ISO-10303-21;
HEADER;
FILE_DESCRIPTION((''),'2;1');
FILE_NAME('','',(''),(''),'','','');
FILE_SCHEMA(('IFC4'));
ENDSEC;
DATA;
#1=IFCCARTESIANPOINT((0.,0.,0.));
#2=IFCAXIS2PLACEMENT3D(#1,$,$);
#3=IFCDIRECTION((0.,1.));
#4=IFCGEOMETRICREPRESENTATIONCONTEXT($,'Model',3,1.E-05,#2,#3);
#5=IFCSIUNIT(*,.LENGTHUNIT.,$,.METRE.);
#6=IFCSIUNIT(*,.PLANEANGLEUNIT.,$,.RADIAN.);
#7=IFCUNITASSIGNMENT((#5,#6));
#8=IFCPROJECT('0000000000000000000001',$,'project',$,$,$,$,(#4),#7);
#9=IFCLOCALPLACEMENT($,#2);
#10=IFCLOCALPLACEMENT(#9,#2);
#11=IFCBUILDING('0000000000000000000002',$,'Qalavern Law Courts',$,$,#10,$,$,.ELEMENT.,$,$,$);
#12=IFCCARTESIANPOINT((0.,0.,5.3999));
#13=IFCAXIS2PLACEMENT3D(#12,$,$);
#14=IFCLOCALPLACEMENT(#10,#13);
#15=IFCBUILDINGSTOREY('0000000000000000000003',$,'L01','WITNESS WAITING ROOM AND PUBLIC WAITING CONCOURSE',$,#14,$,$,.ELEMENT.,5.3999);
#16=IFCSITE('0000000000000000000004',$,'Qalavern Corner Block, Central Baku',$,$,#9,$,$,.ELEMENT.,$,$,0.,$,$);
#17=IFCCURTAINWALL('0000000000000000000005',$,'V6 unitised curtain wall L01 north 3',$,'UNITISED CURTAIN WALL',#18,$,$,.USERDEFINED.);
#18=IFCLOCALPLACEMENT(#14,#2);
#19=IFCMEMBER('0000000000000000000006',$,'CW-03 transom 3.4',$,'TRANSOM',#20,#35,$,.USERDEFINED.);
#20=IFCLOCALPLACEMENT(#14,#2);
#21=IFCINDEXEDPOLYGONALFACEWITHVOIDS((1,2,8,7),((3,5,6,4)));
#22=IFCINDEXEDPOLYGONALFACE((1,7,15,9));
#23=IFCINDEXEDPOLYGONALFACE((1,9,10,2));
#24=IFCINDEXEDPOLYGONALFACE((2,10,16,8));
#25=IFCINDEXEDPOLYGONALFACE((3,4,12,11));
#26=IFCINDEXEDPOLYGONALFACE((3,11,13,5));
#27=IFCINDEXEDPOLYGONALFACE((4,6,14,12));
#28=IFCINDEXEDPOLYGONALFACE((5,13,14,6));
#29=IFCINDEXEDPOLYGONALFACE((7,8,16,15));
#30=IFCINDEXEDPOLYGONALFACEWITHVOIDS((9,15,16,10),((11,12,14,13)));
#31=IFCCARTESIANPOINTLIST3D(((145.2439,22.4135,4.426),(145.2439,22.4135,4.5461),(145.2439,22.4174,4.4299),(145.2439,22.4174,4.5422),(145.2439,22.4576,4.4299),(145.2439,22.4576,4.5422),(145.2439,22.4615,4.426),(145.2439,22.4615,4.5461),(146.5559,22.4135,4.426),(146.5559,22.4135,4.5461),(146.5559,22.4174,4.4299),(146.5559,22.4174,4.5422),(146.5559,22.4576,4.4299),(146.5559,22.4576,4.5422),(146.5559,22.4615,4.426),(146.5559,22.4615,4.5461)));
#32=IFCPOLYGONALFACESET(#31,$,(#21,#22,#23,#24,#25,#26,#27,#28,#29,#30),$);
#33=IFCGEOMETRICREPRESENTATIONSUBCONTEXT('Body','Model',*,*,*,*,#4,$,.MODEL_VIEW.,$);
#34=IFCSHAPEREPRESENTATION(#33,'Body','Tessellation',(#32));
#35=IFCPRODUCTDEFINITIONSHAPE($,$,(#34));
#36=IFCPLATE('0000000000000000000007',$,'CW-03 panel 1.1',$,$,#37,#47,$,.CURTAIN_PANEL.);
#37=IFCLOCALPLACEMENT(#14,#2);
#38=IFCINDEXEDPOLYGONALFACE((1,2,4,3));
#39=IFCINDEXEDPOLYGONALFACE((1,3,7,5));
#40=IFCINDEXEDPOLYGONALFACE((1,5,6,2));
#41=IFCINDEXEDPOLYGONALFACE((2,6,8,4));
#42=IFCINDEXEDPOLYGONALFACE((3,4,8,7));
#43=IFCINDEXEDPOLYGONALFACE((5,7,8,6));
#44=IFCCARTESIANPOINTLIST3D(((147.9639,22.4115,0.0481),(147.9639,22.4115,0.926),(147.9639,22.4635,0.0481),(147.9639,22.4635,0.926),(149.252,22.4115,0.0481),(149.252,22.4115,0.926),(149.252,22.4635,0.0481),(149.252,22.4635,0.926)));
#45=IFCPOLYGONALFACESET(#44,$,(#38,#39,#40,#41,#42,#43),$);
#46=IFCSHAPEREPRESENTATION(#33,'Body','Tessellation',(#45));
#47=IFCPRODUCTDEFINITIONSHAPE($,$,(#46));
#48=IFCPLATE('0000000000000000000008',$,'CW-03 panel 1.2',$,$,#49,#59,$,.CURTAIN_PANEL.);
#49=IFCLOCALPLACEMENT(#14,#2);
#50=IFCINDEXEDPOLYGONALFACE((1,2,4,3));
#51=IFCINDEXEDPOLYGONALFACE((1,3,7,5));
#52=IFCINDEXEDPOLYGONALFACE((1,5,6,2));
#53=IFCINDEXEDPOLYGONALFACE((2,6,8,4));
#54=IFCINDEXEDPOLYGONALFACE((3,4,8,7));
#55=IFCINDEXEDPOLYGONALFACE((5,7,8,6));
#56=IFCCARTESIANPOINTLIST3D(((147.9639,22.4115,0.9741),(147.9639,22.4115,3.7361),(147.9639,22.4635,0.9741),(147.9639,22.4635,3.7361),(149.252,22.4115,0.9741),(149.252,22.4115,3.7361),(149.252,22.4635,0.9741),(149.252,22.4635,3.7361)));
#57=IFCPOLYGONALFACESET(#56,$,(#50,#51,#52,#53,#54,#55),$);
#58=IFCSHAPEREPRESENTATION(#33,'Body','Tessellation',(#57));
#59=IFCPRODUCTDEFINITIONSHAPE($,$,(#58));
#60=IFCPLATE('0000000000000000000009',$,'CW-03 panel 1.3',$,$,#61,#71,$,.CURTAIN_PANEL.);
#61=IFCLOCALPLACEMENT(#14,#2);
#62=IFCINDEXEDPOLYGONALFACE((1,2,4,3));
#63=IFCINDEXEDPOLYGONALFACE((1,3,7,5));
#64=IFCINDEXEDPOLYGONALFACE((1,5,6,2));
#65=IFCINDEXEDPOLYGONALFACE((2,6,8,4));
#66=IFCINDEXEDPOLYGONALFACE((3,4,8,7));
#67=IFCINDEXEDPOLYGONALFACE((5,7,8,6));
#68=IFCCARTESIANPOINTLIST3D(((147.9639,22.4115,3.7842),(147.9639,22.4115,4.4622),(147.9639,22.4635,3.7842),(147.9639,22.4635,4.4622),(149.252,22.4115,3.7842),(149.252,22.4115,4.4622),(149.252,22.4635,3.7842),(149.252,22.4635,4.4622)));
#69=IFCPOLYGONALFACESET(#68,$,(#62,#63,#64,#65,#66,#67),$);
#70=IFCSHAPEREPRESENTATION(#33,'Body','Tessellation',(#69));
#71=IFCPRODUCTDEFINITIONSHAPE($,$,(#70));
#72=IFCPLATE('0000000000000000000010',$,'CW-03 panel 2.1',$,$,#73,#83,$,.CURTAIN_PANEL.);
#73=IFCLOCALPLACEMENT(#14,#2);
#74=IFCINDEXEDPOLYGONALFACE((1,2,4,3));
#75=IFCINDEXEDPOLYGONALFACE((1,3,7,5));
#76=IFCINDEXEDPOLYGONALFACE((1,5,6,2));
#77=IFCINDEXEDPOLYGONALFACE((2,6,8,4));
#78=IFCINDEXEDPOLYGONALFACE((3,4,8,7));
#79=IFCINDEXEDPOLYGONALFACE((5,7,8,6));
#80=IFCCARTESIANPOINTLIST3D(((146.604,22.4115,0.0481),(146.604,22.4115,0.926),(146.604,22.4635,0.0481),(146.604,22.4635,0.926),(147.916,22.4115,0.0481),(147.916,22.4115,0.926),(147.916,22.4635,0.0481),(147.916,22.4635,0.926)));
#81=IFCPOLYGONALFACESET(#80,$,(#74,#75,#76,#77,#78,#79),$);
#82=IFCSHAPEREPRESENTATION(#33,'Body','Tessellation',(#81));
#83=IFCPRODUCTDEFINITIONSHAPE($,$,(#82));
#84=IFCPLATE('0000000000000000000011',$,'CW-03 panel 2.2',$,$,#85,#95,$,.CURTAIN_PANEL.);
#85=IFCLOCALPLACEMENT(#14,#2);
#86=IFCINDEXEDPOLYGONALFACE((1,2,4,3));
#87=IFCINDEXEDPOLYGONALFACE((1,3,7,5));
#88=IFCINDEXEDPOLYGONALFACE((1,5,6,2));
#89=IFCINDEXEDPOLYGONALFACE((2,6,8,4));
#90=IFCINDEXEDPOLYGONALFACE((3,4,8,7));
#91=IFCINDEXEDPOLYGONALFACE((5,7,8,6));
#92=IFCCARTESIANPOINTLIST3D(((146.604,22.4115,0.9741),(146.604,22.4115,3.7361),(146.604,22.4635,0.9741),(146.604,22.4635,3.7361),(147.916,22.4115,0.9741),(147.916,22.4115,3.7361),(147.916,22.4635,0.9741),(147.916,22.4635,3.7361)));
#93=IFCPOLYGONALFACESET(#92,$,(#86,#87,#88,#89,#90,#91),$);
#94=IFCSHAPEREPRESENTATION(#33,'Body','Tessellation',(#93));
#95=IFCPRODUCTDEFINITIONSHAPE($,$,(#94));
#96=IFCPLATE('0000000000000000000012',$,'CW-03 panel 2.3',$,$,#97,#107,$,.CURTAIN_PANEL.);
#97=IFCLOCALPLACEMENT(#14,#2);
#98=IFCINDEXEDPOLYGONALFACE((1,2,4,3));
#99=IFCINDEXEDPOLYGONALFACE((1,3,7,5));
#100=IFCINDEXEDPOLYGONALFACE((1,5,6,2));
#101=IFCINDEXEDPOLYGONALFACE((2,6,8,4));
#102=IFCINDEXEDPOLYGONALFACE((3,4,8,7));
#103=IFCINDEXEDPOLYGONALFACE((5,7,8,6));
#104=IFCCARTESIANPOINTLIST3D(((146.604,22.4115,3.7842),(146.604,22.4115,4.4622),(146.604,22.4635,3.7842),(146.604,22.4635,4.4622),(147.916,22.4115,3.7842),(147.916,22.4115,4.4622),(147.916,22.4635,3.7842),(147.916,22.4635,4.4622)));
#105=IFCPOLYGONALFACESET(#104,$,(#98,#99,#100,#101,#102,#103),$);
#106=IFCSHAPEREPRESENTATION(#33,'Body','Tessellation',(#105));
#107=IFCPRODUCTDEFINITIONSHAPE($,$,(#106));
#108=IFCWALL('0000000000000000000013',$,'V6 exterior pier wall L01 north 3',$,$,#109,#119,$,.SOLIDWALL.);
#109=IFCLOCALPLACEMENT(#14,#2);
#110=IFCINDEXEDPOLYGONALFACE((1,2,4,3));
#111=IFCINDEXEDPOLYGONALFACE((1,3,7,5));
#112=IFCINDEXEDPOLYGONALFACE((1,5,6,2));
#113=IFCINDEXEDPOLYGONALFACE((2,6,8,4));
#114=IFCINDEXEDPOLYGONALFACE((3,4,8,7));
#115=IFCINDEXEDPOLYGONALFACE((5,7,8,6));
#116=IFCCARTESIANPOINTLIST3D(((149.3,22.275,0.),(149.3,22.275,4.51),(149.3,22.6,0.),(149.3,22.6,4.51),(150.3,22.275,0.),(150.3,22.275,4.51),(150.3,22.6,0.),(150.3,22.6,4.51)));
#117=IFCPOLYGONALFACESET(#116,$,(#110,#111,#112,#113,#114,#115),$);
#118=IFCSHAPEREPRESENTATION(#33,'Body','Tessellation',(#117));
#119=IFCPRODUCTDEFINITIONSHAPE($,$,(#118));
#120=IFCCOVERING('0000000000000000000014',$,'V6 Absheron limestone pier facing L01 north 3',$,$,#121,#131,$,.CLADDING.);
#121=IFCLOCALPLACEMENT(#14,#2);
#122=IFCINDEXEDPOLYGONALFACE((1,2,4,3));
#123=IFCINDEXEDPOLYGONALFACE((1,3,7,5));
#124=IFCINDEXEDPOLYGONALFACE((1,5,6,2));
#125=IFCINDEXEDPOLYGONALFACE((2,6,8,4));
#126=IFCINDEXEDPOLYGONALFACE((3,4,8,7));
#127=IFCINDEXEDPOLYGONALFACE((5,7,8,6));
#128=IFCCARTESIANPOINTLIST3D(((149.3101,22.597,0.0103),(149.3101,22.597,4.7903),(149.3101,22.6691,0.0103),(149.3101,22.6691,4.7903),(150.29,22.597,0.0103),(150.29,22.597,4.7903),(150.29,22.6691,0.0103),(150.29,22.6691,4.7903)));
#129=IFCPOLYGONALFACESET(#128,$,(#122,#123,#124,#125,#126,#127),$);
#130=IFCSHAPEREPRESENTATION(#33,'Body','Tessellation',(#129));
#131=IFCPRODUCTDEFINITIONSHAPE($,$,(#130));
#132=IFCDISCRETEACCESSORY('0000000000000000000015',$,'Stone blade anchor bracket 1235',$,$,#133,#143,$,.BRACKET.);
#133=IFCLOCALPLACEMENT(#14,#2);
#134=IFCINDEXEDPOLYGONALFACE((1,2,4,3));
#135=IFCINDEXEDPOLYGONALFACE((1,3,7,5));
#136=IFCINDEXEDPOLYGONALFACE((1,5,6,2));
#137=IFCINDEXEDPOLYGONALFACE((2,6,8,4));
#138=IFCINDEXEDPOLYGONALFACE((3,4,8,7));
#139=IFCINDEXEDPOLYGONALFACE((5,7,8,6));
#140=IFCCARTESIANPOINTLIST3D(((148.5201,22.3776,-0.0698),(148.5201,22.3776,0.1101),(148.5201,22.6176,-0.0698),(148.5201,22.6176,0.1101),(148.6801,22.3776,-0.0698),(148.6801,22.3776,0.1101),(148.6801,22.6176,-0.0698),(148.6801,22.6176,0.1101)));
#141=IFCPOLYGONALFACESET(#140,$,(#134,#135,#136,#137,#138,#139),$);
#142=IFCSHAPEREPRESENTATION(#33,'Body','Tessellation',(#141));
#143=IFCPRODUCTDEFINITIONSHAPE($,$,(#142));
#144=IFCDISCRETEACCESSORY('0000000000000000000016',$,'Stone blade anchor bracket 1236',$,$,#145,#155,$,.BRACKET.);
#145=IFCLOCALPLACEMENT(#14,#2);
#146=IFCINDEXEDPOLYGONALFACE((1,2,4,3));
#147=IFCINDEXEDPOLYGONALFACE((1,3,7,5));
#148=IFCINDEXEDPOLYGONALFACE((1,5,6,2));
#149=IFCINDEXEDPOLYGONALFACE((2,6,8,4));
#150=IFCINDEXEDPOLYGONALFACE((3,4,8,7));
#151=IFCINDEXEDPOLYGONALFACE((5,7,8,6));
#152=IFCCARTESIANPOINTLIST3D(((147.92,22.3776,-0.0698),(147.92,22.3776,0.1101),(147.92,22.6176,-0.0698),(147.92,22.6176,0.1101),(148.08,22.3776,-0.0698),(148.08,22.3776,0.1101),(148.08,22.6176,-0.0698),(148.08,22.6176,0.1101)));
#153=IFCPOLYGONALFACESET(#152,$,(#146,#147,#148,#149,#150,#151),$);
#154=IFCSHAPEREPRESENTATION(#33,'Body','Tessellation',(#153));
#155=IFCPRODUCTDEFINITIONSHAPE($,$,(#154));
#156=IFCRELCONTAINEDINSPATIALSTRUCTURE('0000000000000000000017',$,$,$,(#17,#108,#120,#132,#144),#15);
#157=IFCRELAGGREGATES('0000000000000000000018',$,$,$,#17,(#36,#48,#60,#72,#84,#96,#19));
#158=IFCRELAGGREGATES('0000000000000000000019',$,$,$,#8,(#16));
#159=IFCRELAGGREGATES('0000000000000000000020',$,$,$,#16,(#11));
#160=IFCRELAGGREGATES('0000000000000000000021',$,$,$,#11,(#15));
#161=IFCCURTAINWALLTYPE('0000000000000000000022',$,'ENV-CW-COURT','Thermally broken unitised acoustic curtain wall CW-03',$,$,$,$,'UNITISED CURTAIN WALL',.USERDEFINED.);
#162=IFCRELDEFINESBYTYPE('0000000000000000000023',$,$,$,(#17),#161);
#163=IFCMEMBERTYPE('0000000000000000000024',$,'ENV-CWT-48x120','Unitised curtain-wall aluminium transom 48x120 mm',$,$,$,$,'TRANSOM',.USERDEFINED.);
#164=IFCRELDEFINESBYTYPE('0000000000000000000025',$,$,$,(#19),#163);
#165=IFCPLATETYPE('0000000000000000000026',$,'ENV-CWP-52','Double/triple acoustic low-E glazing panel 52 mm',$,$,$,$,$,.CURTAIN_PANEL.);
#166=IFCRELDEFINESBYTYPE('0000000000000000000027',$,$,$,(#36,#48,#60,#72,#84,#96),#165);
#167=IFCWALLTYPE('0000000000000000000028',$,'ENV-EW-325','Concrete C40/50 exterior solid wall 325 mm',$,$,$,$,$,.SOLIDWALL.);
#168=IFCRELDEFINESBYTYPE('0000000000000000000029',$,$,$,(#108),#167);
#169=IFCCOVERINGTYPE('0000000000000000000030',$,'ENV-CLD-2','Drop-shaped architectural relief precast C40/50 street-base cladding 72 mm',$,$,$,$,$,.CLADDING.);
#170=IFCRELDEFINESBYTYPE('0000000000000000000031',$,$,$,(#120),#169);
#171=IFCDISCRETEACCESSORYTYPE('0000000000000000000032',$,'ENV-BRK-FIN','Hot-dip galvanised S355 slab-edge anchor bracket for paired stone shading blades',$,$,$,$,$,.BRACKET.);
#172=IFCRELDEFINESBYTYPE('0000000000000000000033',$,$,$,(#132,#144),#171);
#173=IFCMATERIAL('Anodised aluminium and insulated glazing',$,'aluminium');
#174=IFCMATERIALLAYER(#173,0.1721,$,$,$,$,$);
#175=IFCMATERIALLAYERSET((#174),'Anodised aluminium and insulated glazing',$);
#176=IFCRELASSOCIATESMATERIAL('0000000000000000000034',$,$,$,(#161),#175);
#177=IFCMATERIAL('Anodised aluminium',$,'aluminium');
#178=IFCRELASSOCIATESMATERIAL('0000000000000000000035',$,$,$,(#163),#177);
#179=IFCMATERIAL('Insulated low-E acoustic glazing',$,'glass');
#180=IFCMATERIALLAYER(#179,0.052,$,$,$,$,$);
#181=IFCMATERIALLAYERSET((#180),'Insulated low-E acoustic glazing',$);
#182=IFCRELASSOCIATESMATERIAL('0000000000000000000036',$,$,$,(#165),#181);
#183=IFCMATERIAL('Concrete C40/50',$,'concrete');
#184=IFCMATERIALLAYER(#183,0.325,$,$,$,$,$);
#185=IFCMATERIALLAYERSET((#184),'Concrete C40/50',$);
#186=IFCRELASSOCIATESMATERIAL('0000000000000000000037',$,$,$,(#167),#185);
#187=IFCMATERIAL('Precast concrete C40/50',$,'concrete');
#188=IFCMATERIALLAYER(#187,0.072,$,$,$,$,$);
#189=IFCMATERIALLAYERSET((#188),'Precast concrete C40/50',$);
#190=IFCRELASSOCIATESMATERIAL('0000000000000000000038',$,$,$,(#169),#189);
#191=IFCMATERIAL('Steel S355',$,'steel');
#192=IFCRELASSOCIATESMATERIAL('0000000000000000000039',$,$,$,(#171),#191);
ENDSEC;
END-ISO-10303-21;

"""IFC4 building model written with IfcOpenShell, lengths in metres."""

from ifc_helpers import new_model, si_unit, direction, frame, frame_2d, origin, origin_2d, place, context, subcontext, project, spatial, rectangle, hollow_rectangle, extrude, material, layer, layer_set, material_profile, profile_set, type_object, element, aggregate, save


model = new_model("IFC4")

# Units and contexts
model_context = context("Model", 3, precision=1e-05, world=origin(), true_north=direction((0.0, 1.0)))
body_context = subcontext(model_context, "Body", "Model", "MODEL_VIEW")
ifc_project = project(units=[si_unit("LENGTHUNIT", "METRE"), si_unit("PLANEANGLEUNIT", "RADIAN")], contexts=[model_context])

# Site, building, storey
site_placement = place(None, origin())
site = spatial("IfcSite", under=ifc_project, at=site_placement, Name="Qalavern Corner Block, Central Baku", CompositionType="ELEMENT", RefElevation=0.0)
building_placement = place(site_placement, origin())
building = spatial("IfcBuilding", under=site, at=building_placement, Name="Qalavern Law Courts", CompositionType="ELEMENT")
storey_placement = place(building_placement, frame((0.0, 0.0, 5.3999)))
storey = spatial("IfcBuildingStorey", under=building, at=storey_placement, Name="L01", Description="WITNESS WAITING ROOM AND PUBLIC WAITING CONCOURSE", CompositionType="ELEMENT", Elevation=5.3999)

# Curtain wall, member, plates
ifc_material_1 = material(Name="Anodised aluminium and insulated glazing", Category="aluminium")
ifc_layer_1 = layer(ifc_material_1, 0.1721)
ifc_layer_set_1 = layer_set([ifc_layer_1], Name="Anodised aluminium and insulated glazing")
curtain_wall_type = type_object("IfcCurtainWallType", Name="ENV-CW-COURT", Description="Thermally broken unitised acoustic curtain wall CW-03", ElementType="UNITISED CURTAIN WALL", PredefinedType="USERDEFINED", material=ifc_layer_set_1)
curtain_wall_placement = place(storey_placement, origin())
curtain_wall = element("IfcCurtainWall", 1, at=curtain_wall_placement, inside=storey, type_object=curtain_wall_type, Name="V6 unitised curtain wall L01 north 3", ObjectType="UNITISED CURTAIN WALL", PredefinedType="USERDEFINED")
ifc_material_2 = material(Name="Anodised aluminium", Category="aluminium")
ifc_material_profile_1 = material_profile(ifc_material_2, hollow_rectangle(XDim=0.0481, YDim=0.1201, WallThickness=0.0039, at=origin_2d()), Name="ALU TRANSOM 48x120")
ifc_profile_set_1 = profile_set([ifc_material_profile_1], Name="Anodised aluminium")
member_type_1 = type_object("IfcMemberType", Name="ENV-CWT-48x120", Description="Unitised curtain-wall aluminium transom 48x120 mm", ElementType="TRANSOM", PredefinedType="USERDEFINED", material=ifc_profile_set_1)
member_1_placement = place(storey_placement, frame((146.5559, 22.4375, 4.4861), z_axis=(-1.0, 0.0, 0.0), x_axis=(0.0, -1.0, 0.0)))
member_1 = element("IfcMember", 2, at=member_1_placement, type_object=member_type_1, Name="CW-03 transom 3.4", ObjectType="TRANSOM", PredefinedType="USERDEFINED", context=body_context, shape_type="SweptSolid", body=[
    extrude(hollow_rectangle(XDim=0.0481, YDim=0.1201, WallThickness=0.0039, at=origin_2d()), origin(), (0.0, 0.0, 1.0), 1.312),
])
ifc_material_3 = material(Name="Insulated low-E acoustic glazing", Category="glass")
ifc_layer_2 = layer(ifc_material_3, 0.052)
ifc_layer_set_2 = layer_set([ifc_layer_2], Name="Insulated low-E acoustic glazing")
plate_type = type_object("IfcPlateType", Name="ENV-CWP-52", Description="Double/triple acoustic low-E glazing panel 52 mm", PredefinedType="CURTAIN_PANEL", material=ifc_layer_set_2)
plate_1_placement = place(storey_placement, frame((148.6079, 22.4375, 0.0481), z_axis=(0.0, 0.0, 1.0), x_axis=(-1.0, 0.0, 0.0)))
plate_1 = element("IfcPlate", 3, at=plate_1_placement, type_object=plate_type, Name="CW-03 panel 1.1", PredefinedType="CURTAIN_PANEL", context=body_context, shape_type="SweptSolid", body=[
    extrude(rectangle(XDim=1.2881, YDim=0.052, at=origin_2d()), origin(), (0.0, 0.0, 1.0), 0.8779),
])
plate_2_placement = place(storey_placement, frame((148.6079, 22.4375, 0.9741), z_axis=(0.0, 0.0, 1.0), x_axis=(-1.0, 0.0, 0.0)))
plate_2 = element("IfcPlate", 4, at=plate_2_placement, type_object=plate_type, Name="CW-03 panel 1.2", PredefinedType="CURTAIN_PANEL", context=body_context, shape_type="SweptSolid", body=[
    extrude(rectangle(XDim=1.2881, YDim=0.052, at=origin_2d()), origin(), (0.0, 0.0, 1.0), 2.762),
])
plate_3_placement = place(storey_placement, frame((148.6079, 22.4375, 3.7842), z_axis=(0.0, 0.0, 1.0), x_axis=(-1.0, 0.0, 0.0)))
plate_3 = element("IfcPlate", 5, at=plate_3_placement, type_object=plate_type, Name="CW-03 panel 1.3", PredefinedType="CURTAIN_PANEL", context=body_context, shape_type="SweptSolid", body=[
    extrude(rectangle(XDim=1.2881, YDim=0.052, at=origin_2d()), origin(), (0.0, 0.0, 1.0), 0.678),
])
plate_4_placement = place(storey_placement, frame((147.26, 22.4375, 0.0481), z_axis=(0.0, 0.0, 1.0), x_axis=(-1.0, 0.0, 0.0)))
plate_4 = element("IfcPlate", 6, at=plate_4_placement, type_object=plate_type, Name="CW-03 panel 2.1", PredefinedType="CURTAIN_PANEL", context=body_context, shape_type="SweptSolid", body=[
    extrude(rectangle(XDim=1.312, YDim=0.052, at=origin_2d()), origin(), (0.0, 0.0, 1.0), 0.8779),
])
plate_5_placement = place(storey_placement, frame((147.26, 22.4375, 0.9741), z_axis=(0.0, 0.0, 1.0), x_axis=(-1.0, 0.0, 0.0)))
plate_5 = element("IfcPlate", 7, at=plate_5_placement, type_object=plate_type, Name="CW-03 panel 2.2", PredefinedType="CURTAIN_PANEL", context=body_context, shape_type="SweptSolid", body=[
    extrude(rectangle(XDim=1.312, YDim=0.052, at=origin_2d()), origin(), (0.0, 0.0, 1.0), 2.762),
])
plate_6_placement = place(storey_placement, frame((147.26, 22.4375, 3.7842), z_axis=(0.0, 0.0, 1.0), x_axis=(-1.0, 0.0, 0.0)))
plate_6 = element("IfcPlate", 8, at=plate_6_placement, type_object=plate_type, Name="CW-03 panel 2.3", PredefinedType="CURTAIN_PANEL", context=body_context, shape_type="SweptSolid", body=[
    extrude(rectangle(XDim=1.312, YDim=0.052, at=origin_2d()), origin(), (0.0, 0.0, 1.0), 0.678),
])
aggregate(curtain_wall, [plate_1, plate_2, plate_3, plate_4, plate_5, plate_6, member_1])

# Wall
ifc_material_4 = material(Name="Concrete C40/50", Category="concrete")
ifc_layer_3 = layer(ifc_material_4, 0.325)
ifc_layer_set_3 = layer_set([ifc_layer_3], Name="Concrete C40/50")
wall_type = type_object("IfcWallType", Name="ENV-EW-325", Description="Concrete C40/50 exterior solid wall 325 mm", PredefinedType="SOLIDWALL", material=ifc_layer_set_3)
wall_placement = place(storey_placement, frame((150.3, 22.4375, 0.0), z_axis=(0.0, 0.0, 1.0), x_axis=(-1.0, 0.0, 0.0)))
element("IfcWall", 9, at=wall_placement, inside=storey, type_object=wall_type, Name="V6 exterior pier wall L01 north 3", PredefinedType="SOLIDWALL", context=body_context, shape_type="SweptSolid", body=[
    extrude(rectangle(XDim=1.0, YDim=0.325, at=frame_2d((0.5, 0.0))), origin(), (0.0, 0.0, 1.0), 4.51),
])

# Covering
ifc_material_5 = material(Name="Precast concrete C40/50", Category="concrete")
ifc_layer_4 = layer(ifc_material_5, 0.072)
ifc_layer_set_4 = layer_set([ifc_layer_4], Name="Precast concrete C40/50")
covering_type = type_object("IfcCoveringType", Name="ENV-CLD-2", Description="Drop-shaped architectural relief precast C40/50 street-base cladding 72 mm", PredefinedType="CLADDING", material=ifc_layer_set_4)
covering_placement = place(storey_placement, frame((149.8, 22.6331, 0.0103), z_axis=(0.0, 0.0, 1.0), x_axis=(-1.0, 0.0, 0.0)))
element("IfcCovering", 10, at=covering_placement, inside=storey, type_object=covering_type, Name="V6 Absheron limestone pier facing L01 north 3", PredefinedType="CLADDING", context=body_context, shape_type="SweptSolid", body=[
    extrude(rectangle(XDim=0.98, YDim=0.072, at=origin_2d()), origin(), (0.0, 0.0, 1.0), 4.78),
])

# Discrete accessories
ifc_material_6 = material(Name="Steel S355", Category="steel")
discrete_accessory_type = type_object("IfcDiscreteAccessoryType", Name="ENV-BRK-FIN", Description="Hot-dip galvanised S355 slab-edge anchor bracket for paired stone shading blades", PredefinedType="BRACKET", material=ifc_material_6)
for number, where, z_axis, x_axis, name in (
    (11, (148.6001, 22.4976, -0.0698), (0.0, 0.0, 1.0), (0.0, 1.0, 0.0), "Stone blade anchor bracket 1235"),
    (12, (148.0, 22.4976, -0.0698), (0.0, 0.0, 1.0), (0.0, 1.0, 0.0), "Stone blade anchor bracket 1236"),
):
    element("IfcDiscreteAccessory", number, at=place(storey_placement, frame(where, z_axis=z_axis, x_axis=x_axis)), inside=storey, type_object=discrete_accessory_type, Name=name, PredefinedType="BRACKET", context=body_context, shape_type="SweptSolid", body=[
        extrude(rectangle(XDim=0.24, YDim=0.1599, at=origin_2d()), origin(), (0.0, 0.0, 1.0), 0.1799),
    ])

save(model, "model.ifc")
